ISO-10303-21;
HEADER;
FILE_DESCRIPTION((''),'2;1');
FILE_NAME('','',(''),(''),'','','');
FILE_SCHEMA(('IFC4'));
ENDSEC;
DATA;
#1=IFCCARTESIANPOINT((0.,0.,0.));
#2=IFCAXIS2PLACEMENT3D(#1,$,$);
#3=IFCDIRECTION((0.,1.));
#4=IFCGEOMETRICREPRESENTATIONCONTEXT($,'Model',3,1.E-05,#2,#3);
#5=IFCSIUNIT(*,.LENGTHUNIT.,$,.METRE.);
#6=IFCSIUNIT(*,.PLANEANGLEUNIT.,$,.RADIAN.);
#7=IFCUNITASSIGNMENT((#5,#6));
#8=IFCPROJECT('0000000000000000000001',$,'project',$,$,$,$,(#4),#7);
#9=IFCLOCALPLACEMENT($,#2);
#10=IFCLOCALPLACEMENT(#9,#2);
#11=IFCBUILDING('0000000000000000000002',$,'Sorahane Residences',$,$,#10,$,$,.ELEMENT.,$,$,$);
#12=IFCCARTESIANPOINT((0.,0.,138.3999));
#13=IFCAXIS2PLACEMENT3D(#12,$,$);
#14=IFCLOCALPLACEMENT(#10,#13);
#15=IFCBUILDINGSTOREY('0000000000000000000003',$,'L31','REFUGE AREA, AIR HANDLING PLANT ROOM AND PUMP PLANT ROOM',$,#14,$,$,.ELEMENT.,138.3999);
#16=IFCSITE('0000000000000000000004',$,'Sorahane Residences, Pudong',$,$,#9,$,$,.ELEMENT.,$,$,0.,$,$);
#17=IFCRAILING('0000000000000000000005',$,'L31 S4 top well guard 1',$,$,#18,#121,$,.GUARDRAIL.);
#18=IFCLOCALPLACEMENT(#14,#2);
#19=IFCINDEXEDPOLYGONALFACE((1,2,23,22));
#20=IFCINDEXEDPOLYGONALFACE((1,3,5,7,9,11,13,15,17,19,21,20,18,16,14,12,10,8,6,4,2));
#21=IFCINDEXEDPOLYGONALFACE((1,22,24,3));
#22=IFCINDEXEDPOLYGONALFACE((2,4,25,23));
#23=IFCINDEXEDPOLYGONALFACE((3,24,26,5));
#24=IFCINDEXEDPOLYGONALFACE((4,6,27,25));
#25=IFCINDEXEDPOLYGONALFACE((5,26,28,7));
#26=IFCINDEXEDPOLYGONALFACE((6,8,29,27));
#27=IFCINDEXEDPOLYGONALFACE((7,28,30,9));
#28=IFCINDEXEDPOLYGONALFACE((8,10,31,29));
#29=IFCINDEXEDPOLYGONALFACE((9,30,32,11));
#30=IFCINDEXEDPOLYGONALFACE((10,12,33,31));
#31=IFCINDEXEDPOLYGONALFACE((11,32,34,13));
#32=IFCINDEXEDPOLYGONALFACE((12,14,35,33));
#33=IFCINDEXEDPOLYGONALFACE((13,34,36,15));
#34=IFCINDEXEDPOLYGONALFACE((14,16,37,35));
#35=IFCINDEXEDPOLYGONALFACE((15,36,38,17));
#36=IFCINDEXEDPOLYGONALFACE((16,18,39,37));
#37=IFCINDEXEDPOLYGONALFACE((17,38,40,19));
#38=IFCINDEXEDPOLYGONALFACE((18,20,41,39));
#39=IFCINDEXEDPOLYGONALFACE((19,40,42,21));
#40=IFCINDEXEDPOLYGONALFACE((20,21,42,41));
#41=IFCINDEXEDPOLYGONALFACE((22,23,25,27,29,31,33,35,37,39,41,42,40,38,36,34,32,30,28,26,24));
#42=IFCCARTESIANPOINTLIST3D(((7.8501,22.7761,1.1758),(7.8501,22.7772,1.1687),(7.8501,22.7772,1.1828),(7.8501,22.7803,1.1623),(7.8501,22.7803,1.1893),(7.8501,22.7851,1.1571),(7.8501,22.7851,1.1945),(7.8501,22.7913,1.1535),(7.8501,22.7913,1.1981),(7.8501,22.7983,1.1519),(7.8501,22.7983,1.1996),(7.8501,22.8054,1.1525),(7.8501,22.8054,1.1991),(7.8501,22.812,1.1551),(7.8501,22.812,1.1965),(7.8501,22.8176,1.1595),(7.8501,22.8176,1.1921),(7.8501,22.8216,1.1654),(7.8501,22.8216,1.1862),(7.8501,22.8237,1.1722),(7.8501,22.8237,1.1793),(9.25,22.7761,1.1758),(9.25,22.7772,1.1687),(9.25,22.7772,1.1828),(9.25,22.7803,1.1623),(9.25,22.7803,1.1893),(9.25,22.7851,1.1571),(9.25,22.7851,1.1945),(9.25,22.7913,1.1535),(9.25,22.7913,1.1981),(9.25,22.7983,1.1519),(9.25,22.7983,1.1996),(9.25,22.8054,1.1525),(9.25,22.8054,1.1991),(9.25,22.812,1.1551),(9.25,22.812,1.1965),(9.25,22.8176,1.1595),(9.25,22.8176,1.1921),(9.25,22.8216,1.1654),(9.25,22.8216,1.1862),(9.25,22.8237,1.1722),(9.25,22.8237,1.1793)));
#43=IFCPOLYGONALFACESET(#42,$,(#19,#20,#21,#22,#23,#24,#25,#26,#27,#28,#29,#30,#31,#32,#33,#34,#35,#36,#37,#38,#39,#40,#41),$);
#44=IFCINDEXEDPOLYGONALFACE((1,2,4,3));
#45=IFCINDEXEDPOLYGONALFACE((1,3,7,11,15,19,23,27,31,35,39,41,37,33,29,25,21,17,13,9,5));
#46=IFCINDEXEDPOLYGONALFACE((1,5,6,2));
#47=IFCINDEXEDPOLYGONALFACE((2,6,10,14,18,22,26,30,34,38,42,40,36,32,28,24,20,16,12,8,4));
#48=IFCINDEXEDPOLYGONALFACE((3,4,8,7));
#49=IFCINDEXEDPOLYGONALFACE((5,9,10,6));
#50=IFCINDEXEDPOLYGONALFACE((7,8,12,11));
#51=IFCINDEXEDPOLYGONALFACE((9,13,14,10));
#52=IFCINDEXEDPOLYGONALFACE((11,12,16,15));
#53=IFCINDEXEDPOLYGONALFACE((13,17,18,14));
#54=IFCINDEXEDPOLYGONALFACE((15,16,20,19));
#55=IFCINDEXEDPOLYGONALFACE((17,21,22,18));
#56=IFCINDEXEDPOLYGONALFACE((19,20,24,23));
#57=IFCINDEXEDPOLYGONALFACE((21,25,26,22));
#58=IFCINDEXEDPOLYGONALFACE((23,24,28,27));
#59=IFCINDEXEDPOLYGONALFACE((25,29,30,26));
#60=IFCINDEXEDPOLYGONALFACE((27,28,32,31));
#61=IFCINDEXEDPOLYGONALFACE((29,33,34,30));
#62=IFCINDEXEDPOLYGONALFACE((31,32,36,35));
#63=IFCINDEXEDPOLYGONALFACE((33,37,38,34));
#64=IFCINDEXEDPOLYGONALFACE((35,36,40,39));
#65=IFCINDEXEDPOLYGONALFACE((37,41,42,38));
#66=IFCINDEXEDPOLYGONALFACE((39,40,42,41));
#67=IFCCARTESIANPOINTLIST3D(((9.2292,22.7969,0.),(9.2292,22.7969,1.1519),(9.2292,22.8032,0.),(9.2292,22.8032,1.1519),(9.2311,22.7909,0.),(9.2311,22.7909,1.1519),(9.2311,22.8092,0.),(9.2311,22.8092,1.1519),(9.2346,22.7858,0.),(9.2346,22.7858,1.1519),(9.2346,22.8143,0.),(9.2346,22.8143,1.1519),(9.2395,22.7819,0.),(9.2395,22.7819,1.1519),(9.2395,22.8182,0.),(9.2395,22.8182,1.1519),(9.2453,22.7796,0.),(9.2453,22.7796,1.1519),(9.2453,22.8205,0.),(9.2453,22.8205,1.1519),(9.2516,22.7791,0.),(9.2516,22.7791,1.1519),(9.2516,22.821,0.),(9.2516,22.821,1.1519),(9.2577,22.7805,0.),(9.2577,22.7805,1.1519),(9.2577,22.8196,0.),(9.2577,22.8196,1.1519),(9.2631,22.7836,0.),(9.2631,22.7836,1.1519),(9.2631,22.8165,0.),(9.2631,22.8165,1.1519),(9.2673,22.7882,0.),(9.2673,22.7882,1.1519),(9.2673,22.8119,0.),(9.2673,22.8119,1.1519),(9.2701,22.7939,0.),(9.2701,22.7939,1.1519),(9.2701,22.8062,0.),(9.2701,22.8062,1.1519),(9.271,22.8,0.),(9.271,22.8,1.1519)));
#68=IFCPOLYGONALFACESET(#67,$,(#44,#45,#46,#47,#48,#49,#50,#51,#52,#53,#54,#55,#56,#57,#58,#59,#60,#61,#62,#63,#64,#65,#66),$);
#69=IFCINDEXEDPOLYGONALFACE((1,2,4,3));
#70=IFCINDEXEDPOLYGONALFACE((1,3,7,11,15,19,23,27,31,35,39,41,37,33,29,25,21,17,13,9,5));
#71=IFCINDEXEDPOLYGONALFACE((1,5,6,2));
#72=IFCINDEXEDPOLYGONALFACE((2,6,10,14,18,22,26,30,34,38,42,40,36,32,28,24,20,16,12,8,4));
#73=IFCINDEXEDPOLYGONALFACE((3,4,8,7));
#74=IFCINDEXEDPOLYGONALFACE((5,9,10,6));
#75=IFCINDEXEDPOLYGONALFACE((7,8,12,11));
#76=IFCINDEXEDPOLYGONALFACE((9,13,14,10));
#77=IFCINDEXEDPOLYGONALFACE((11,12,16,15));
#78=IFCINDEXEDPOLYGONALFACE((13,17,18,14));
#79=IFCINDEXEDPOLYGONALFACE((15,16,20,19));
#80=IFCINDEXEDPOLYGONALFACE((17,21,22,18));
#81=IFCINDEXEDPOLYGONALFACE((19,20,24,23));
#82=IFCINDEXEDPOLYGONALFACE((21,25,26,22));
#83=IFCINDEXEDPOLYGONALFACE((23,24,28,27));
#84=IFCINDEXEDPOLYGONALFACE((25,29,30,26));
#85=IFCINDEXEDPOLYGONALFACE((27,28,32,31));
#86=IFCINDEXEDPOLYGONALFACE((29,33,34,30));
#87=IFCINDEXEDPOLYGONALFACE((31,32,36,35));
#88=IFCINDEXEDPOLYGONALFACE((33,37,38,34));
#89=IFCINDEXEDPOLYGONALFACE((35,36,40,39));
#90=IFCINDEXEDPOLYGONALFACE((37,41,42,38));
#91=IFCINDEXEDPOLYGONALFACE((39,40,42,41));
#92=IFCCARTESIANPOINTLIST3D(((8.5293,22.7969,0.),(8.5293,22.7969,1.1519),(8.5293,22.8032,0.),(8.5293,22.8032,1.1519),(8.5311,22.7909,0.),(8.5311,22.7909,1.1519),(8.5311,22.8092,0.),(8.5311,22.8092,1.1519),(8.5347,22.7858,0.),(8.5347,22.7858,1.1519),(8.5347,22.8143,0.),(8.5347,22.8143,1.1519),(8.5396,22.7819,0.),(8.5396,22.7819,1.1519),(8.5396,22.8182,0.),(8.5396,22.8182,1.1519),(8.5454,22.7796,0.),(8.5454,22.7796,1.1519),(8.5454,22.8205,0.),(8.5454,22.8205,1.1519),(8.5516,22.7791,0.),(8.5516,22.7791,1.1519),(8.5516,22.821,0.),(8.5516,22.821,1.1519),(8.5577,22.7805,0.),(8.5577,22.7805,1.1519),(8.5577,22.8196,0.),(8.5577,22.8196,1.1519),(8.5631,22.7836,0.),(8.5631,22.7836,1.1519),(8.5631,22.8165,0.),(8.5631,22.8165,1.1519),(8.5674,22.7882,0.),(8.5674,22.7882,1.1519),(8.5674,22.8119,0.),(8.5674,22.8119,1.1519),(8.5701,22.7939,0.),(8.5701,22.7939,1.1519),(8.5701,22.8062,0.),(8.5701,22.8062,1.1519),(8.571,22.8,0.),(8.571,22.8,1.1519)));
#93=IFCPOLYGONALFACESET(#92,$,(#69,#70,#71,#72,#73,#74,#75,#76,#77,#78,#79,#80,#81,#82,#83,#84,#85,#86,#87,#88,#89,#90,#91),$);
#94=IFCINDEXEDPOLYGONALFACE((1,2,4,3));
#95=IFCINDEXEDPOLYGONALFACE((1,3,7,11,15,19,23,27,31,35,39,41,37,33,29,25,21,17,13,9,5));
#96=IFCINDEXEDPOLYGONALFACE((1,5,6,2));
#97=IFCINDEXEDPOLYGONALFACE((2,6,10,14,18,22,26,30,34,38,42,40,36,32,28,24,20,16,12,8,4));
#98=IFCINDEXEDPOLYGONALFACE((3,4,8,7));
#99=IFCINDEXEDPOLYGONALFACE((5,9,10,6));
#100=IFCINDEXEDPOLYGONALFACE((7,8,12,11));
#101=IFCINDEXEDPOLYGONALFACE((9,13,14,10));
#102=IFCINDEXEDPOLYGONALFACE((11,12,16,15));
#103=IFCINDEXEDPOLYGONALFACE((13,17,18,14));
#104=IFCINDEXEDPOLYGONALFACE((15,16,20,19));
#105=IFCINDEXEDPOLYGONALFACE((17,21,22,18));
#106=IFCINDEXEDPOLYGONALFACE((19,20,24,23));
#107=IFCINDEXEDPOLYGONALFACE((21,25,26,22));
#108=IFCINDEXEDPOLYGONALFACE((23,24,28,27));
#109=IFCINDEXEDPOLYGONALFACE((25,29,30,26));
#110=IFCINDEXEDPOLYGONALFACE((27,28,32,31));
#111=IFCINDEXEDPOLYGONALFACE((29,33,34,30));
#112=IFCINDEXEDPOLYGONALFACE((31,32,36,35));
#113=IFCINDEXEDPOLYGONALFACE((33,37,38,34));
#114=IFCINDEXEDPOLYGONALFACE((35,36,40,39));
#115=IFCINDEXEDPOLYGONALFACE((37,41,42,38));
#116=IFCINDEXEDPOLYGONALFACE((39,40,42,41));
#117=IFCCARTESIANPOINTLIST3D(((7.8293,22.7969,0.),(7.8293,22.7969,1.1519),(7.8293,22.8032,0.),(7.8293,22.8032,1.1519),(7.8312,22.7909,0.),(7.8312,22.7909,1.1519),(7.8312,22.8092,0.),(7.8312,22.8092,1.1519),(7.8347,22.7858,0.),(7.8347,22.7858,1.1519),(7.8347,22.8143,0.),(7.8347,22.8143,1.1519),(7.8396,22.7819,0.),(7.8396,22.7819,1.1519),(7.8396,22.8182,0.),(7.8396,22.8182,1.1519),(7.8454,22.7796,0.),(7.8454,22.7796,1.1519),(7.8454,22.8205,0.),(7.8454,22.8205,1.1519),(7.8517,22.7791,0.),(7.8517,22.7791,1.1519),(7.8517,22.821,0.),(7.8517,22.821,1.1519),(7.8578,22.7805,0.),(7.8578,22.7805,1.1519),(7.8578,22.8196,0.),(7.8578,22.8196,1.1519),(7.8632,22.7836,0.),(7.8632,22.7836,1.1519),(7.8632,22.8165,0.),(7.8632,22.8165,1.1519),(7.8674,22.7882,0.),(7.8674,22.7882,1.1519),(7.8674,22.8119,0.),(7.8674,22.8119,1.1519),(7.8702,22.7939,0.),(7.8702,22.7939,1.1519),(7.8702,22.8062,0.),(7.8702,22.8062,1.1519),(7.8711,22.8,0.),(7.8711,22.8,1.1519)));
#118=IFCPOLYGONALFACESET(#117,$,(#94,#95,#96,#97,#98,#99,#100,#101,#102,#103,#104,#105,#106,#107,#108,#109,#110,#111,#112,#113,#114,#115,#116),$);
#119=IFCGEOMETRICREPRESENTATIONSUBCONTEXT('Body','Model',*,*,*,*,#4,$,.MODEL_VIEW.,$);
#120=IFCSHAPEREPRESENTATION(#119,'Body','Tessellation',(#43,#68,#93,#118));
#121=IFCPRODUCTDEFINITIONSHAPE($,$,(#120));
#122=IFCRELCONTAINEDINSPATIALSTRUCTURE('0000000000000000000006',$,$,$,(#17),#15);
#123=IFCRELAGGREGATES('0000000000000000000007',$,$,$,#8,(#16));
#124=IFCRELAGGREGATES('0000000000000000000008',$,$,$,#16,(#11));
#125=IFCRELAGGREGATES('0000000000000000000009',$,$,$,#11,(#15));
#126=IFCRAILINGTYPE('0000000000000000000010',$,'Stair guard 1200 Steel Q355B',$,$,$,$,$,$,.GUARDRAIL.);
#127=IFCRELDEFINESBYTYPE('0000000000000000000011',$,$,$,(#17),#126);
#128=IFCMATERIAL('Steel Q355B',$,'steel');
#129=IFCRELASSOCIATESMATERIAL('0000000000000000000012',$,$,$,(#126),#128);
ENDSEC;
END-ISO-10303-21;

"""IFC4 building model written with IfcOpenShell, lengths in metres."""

from ifc_helpers import new_model, si_unit, direction, frame, origin, origin_2d, place, context, subcontext, project, spatial, circle, extrude, material, type_object, element, save


model = new_model("IFC4")

# Units and contexts
model_context = context("Model", 3, precision=1e-05, world=origin(), true_north=direction((0.0, 1.0)))
body_context = subcontext(model_context, "Body", "Model", "MODEL_VIEW")
ifc_project = project(units=[si_unit("LENGTHUNIT", "METRE"), si_unit("PLANEANGLEUNIT", "RADIAN")], contexts=[model_context])

# Site, building, storey
site_placement = place(None, origin())
site = spatial("IfcSite", under=ifc_project, at=site_placement, Name="Sorahane Residences, Pudong", CompositionType="ELEMENT", RefElevation=0.0)
building_placement = place(site_placement, origin())
building = spatial("IfcBuilding", under=site, at=building_placement, Name="Sorahane Residences", CompositionType="ELEMENT")
storey_placement = place(building_placement, frame((0.0, 0.0, 138.3999)))
storey = spatial("IfcBuildingStorey", under=building, at=storey_placement, Name="L31", Description="REFUGE AREA, AIR HANDLING PLANT ROOM AND PUMP PLANT ROOM", CompositionType="ELEMENT", Elevation=138.3999)

# Railing
ifc_material_1 = material(Name="Steel Q355B", Category="steel")
railing_type_1 = type_object("IfcRailingType", Name="Stair guard 1200 Steel Q355B", PredefinedType="GUARDRAIL", material=ifc_material_1)
railing_1_placement = place(storey_placement, frame((9.25, 22.8, 0.0)))
element("IfcRailing", 1, at=railing_1_placement, inside=storey, type_object=railing_type_1, Name="L31 S4 top well guard 1", PredefinedType="GUARDRAIL", context=body_context, shape_type="SweptSolid", body=[
    extrude(circle(Radius=0.0239, at=origin_2d()), frame((0.0, 0.0, 1.1758), z_axis=(-1.0, 0.0, 0.0), x_axis=(0.0, -1.0, 0.0)), (0.0, 0.0, 1.0), 1.3999),
    extrude(circle(Radius=0.021, at=origin_2d()), origin(), (0.0, 0.0, 1.0), 1.1519),
    extrude(circle(Radius=0.021, at=origin_2d()), frame((-0.7, 0.0, 0.0)), (0.0, 0.0, 1.0), 1.1519),
    extrude(circle(Radius=0.021, at=origin_2d()), frame((-1.3999, 0.0, 0.0)), (0.0, 0.0, 1.0), 1.1519),
])

save(model, "model.ifc")
